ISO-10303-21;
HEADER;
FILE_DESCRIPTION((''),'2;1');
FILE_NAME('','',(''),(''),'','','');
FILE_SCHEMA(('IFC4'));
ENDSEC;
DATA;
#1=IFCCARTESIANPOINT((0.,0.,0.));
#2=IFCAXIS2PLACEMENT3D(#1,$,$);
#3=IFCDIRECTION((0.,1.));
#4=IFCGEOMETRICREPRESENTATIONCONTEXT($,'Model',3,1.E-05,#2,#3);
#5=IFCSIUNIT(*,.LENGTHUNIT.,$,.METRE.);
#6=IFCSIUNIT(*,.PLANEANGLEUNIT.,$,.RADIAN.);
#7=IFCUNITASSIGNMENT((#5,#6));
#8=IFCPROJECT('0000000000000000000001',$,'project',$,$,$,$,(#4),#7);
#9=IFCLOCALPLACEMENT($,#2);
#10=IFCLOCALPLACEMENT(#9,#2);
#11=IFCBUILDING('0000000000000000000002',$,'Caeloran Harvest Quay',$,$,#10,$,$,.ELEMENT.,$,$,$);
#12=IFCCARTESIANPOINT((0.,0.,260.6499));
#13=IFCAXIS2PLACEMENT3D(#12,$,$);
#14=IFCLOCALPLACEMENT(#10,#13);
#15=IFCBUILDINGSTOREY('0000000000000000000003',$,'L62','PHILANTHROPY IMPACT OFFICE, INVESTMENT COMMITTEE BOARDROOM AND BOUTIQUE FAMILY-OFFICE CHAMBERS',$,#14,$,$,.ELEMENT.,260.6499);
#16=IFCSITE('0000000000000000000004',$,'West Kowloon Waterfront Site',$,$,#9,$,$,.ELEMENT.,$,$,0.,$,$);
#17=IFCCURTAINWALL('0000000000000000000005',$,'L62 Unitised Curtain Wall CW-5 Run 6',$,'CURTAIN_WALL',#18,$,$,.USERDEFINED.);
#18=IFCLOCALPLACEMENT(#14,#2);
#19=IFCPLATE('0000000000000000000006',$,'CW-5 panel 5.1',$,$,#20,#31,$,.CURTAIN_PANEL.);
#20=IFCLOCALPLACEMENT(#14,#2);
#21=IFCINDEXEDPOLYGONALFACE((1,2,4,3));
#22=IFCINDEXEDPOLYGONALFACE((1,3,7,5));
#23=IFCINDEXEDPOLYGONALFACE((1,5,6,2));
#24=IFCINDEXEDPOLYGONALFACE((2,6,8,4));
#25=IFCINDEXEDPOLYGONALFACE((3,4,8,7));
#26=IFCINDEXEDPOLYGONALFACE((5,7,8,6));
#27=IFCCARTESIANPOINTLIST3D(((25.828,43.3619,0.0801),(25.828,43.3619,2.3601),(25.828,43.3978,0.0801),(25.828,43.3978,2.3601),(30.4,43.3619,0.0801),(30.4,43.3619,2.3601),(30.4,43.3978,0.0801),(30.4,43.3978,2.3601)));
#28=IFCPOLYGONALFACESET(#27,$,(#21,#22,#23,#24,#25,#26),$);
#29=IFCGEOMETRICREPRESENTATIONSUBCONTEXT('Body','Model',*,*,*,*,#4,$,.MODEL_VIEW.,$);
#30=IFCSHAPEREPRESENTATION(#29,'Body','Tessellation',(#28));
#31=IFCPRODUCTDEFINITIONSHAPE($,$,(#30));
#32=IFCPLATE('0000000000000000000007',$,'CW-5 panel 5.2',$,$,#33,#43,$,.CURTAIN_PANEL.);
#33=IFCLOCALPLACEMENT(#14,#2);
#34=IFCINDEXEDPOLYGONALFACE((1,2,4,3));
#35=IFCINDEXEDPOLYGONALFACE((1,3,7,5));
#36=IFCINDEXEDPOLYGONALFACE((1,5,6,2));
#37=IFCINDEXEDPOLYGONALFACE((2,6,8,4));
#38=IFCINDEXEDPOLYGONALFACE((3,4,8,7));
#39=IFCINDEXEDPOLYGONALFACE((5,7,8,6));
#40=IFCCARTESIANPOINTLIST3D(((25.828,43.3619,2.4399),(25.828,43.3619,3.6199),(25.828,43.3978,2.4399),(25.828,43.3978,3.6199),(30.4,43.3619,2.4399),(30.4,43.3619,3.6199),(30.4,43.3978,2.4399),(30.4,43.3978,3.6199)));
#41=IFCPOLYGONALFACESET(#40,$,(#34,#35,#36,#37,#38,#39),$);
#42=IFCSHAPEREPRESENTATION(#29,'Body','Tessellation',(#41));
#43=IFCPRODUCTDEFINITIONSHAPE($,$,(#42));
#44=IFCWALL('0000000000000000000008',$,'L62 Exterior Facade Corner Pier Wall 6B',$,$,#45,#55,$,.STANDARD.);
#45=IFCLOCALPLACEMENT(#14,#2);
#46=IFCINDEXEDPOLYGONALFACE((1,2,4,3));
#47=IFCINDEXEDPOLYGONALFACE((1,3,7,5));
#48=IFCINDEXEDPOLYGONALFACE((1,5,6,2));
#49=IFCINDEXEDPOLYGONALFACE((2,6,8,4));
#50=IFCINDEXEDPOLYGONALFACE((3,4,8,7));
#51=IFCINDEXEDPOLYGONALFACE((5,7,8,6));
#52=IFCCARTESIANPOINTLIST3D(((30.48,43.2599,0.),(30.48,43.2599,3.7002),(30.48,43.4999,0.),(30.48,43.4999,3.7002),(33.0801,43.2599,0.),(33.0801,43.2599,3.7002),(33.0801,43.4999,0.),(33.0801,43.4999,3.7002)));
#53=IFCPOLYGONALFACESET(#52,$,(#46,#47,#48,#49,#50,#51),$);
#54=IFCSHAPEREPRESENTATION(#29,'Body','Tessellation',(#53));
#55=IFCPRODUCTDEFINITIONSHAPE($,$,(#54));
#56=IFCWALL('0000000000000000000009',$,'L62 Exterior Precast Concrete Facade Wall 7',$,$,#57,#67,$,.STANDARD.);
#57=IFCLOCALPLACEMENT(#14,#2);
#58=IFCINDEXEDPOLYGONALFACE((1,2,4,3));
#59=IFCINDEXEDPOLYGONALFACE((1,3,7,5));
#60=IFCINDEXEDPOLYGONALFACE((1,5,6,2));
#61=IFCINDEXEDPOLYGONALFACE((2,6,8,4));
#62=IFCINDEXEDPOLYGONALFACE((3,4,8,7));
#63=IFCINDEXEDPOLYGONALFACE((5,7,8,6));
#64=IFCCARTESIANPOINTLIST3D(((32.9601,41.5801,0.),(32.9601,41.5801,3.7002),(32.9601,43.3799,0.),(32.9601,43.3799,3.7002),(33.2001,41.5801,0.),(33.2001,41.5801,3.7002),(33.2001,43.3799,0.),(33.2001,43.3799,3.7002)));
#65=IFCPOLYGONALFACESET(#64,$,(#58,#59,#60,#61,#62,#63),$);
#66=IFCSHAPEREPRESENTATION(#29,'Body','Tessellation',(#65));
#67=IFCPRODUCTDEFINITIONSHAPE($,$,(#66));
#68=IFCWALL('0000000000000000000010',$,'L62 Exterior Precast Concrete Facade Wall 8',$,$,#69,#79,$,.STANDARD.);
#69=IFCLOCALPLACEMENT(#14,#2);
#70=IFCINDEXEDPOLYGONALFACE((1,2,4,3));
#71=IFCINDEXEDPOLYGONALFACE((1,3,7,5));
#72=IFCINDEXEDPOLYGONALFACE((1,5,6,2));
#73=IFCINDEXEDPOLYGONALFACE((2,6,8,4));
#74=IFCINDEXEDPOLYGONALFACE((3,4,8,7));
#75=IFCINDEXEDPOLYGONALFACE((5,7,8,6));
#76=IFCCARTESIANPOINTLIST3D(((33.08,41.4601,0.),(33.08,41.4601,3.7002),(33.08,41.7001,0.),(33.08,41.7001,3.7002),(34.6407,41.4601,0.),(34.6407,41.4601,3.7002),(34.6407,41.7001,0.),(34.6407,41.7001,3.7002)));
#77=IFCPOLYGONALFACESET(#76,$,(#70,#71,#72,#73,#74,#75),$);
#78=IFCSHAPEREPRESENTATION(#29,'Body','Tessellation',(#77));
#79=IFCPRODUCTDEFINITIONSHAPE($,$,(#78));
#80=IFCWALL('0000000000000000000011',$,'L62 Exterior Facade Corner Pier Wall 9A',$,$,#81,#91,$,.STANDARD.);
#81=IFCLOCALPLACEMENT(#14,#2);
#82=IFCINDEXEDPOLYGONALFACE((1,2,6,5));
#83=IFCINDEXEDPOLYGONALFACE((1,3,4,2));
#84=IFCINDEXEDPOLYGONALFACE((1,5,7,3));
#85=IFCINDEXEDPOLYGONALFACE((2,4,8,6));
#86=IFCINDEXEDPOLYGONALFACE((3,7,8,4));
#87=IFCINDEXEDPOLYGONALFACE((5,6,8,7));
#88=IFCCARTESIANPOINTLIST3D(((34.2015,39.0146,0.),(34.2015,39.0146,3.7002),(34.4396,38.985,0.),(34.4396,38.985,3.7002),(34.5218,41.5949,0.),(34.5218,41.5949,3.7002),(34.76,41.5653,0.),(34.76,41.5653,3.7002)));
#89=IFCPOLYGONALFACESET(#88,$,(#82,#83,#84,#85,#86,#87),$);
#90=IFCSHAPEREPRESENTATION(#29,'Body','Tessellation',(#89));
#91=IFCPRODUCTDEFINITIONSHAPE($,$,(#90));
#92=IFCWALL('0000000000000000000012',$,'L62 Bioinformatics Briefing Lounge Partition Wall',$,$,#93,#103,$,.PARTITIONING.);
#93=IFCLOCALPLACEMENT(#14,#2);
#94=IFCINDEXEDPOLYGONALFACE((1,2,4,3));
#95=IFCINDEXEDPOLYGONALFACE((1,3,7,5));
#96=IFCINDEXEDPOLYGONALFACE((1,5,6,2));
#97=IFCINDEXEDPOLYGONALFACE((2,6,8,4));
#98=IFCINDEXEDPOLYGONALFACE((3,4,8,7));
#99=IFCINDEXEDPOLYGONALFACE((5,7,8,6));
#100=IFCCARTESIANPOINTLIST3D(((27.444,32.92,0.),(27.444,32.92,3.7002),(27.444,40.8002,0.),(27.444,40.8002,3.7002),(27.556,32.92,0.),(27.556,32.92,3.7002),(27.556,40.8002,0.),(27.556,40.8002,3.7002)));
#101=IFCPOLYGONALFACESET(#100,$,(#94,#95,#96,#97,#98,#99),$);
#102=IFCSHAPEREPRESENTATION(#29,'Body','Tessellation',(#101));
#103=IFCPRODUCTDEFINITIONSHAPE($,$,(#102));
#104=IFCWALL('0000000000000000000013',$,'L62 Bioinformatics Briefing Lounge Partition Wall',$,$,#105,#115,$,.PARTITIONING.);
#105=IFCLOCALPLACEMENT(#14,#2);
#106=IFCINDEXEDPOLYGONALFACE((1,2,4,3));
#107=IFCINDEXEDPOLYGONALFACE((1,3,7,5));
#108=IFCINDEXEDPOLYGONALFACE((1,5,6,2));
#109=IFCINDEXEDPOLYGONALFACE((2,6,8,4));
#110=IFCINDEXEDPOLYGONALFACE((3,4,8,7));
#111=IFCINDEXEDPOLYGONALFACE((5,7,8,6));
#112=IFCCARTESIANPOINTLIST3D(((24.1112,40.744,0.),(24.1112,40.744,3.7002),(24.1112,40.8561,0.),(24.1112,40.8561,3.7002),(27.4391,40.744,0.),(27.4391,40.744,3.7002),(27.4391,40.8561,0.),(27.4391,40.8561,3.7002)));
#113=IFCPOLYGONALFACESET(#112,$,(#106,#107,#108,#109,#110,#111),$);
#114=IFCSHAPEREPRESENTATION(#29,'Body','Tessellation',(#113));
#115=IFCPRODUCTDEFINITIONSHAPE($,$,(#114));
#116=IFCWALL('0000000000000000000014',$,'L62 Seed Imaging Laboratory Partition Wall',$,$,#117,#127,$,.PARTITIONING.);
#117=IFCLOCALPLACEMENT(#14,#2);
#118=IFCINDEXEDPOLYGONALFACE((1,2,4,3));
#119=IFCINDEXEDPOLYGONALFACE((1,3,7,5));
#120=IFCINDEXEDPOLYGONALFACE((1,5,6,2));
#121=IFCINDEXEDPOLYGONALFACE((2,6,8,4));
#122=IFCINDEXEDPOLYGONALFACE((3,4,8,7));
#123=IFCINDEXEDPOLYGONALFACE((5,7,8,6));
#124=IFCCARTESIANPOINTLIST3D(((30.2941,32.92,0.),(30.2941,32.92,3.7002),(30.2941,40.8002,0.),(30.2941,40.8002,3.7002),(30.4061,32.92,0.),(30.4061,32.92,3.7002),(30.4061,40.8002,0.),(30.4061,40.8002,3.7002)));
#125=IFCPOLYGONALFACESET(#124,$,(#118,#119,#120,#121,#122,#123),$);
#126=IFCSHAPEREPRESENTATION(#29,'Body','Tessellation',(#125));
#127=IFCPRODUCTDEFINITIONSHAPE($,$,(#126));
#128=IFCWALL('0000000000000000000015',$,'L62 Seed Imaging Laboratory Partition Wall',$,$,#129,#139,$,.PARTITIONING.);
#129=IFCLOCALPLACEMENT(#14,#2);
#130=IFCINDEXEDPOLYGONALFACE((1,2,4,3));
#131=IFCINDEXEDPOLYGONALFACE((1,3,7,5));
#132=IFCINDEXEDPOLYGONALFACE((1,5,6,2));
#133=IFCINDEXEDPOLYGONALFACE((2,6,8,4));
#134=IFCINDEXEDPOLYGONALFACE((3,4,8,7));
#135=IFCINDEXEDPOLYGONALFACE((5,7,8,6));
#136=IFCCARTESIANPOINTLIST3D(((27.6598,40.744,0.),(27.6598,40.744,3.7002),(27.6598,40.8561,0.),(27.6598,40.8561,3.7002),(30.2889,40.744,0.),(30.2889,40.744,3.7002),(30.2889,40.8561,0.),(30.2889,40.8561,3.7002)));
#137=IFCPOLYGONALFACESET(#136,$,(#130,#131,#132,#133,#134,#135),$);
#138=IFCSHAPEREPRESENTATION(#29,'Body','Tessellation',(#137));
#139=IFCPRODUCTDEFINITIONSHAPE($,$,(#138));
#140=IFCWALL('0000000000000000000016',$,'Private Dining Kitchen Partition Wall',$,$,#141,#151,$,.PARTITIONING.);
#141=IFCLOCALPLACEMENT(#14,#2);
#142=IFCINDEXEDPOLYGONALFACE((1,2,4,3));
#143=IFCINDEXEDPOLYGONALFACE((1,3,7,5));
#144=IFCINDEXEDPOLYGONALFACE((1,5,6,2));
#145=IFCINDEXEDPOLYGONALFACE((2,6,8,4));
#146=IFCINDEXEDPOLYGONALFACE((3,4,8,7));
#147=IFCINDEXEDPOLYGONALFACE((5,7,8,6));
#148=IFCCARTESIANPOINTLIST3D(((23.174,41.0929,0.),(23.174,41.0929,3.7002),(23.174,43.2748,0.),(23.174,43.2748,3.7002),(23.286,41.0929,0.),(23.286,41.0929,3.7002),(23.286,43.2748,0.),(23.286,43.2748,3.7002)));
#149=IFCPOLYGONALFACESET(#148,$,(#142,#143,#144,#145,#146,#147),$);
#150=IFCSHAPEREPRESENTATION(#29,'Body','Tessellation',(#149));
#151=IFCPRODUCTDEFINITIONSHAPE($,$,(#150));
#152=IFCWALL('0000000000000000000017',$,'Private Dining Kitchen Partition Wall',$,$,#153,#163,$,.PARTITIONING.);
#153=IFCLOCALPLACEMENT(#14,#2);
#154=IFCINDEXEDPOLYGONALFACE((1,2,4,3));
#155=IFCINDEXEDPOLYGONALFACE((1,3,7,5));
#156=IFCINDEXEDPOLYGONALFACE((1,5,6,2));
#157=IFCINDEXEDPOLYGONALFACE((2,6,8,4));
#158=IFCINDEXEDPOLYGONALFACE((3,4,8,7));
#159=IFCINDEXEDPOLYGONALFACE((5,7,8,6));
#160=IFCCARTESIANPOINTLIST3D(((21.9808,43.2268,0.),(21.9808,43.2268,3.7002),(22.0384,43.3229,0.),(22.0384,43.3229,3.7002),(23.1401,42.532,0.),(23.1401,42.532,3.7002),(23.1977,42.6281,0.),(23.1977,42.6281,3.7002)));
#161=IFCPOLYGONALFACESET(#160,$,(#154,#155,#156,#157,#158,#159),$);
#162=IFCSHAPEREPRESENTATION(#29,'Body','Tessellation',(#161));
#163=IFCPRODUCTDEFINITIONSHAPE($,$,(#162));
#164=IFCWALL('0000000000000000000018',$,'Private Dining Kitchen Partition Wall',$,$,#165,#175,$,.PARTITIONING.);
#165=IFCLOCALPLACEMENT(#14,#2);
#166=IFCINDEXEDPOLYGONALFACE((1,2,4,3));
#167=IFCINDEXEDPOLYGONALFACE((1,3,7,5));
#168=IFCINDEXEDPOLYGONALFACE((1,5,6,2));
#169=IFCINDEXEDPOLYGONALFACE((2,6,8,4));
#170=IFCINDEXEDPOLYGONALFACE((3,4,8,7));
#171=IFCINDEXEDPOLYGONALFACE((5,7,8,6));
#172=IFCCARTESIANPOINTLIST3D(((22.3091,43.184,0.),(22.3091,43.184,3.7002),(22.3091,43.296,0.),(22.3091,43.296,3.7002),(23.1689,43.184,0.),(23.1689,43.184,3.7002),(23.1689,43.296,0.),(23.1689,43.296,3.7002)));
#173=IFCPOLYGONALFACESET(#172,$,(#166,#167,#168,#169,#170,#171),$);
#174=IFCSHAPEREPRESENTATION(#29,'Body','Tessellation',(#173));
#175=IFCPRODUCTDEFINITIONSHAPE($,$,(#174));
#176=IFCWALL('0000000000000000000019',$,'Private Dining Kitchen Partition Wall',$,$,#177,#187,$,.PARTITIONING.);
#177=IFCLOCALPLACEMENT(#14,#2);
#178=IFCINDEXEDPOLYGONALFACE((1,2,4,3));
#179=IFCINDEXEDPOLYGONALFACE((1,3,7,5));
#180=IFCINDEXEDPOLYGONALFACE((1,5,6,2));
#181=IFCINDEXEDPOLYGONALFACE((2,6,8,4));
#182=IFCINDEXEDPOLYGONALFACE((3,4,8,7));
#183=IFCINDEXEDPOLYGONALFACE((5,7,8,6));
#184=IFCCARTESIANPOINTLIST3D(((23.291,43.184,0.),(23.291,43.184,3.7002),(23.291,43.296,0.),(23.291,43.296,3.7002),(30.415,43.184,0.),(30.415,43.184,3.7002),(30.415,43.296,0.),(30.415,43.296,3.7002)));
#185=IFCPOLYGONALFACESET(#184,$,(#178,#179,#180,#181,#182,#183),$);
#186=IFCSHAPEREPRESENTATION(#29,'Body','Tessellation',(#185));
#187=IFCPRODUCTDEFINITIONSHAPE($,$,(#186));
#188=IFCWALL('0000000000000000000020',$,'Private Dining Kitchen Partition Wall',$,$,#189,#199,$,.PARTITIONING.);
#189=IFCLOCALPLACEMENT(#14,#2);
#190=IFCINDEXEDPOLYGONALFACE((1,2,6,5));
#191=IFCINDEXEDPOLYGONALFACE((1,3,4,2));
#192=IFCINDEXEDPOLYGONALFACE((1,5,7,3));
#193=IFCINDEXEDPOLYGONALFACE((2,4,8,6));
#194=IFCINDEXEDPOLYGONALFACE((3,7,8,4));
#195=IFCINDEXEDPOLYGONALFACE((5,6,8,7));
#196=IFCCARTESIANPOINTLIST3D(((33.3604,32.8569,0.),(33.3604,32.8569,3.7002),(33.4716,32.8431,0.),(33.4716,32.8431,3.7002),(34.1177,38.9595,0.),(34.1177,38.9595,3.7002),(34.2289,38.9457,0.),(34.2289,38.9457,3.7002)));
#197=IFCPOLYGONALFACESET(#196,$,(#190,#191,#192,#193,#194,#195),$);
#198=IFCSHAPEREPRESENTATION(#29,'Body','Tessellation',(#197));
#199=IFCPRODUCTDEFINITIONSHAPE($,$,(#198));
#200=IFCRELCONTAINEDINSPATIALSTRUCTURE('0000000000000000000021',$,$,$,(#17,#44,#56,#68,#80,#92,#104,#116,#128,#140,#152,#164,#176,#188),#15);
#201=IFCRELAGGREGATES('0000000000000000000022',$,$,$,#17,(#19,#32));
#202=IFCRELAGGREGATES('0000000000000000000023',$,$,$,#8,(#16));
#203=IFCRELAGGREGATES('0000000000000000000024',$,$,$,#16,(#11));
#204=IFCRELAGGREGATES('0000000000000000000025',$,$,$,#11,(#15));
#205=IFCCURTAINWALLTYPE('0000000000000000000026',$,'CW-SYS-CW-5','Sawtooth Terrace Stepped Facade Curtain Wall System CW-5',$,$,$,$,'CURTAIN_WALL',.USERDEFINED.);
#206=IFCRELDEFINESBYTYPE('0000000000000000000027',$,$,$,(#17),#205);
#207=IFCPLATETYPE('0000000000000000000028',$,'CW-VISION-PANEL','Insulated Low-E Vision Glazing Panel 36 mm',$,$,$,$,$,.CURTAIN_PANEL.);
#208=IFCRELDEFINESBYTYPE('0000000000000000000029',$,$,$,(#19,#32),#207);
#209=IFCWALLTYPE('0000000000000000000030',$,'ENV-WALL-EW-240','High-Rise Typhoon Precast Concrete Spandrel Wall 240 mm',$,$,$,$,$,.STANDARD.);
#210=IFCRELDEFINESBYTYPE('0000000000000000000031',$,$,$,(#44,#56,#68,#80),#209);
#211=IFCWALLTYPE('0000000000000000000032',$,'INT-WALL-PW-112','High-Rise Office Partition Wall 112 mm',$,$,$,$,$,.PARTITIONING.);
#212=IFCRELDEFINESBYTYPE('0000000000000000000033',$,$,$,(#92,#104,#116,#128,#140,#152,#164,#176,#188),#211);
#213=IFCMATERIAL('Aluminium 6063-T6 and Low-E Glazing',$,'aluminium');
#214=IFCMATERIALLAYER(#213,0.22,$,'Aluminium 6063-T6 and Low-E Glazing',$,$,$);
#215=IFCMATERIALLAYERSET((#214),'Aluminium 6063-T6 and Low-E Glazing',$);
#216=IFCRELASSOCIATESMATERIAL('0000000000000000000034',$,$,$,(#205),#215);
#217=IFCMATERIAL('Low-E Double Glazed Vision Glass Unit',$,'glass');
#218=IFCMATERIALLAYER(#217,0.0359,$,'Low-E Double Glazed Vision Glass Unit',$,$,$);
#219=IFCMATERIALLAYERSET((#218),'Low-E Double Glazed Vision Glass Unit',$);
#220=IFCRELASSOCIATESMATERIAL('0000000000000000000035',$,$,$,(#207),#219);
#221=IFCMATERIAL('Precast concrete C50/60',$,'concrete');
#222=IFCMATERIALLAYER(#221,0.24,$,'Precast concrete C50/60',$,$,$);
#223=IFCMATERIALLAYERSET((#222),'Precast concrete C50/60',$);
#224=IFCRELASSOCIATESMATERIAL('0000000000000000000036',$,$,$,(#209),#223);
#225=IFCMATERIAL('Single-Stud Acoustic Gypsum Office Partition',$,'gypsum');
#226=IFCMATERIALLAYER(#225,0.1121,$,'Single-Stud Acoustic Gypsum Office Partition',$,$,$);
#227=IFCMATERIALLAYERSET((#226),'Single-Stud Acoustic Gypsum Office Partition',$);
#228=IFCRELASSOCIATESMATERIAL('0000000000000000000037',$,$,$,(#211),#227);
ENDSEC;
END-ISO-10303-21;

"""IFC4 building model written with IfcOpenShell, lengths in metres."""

from ifc_helpers import new_model, si_unit, direction, frame, frame_2d, origin, origin_2d, place, context, subcontext, project, spatial, rectangle, extrude, material, layer, layer_set, type_object, element, aggregate, save


model = new_model("IFC4")

# Units and contexts
model_context = context("Model", 3, precision=1e-05, world=origin(), true_north=direction((0.0, 1.0)))
body_context = subcontext(model_context, "Body", "Model", "MODEL_VIEW")
ifc_project = project(units=[si_unit("LENGTHUNIT", "METRE"), si_unit("PLANEANGLEUNIT", "RADIAN")], contexts=[model_context])

# Site, building, storey
site_placement = place(None, origin())
site = spatial("IfcSite", under=ifc_project, at=site_placement, Name="West Kowloon Waterfront Site", CompositionType="ELEMENT", RefElevation=0.0)
building_placement = place(site_placement, origin())
building = spatial("IfcBuilding", under=site, at=building_placement, Name="Caeloran Harvest Quay", CompositionType="ELEMENT")
storey_placement = place(building_placement, frame((0.0, 0.0, 260.6499)))
storey = spatial("IfcBuildingStorey", under=building, at=storey_placement, Name="L62", Description="PHILANTHROPY IMPACT OFFICE, INVESTMENT COMMITTEE BOARDROOM AND BOUTIQUE FAMILY-OFFICE CHAMBERS", CompositionType="ELEMENT", Elevation=260.6499)

# Curtain wall
ifc_material_1 = material(Name="Aluminium 6063-T6 and Low-E Glazing", Category="aluminium")
ifc_layer_1 = layer(ifc_material_1, 0.22, Name="Aluminium 6063-T6 and Low-E Glazing")
ifc_layer_set_1 = layer_set([ifc_layer_1], Name="Aluminium 6063-T6 and Low-E Glazing")
curtain_wall_type = type_object("IfcCurtainWallType", Name="CW-SYS-CW-5", Description="Sawtooth Terrace Stepped Facade Curtain Wall System CW-5", ElementType="CURTAIN_WALL", PredefinedType="USERDEFINED", material=ifc_layer_set_1)
curtain_wall_1_placement = place(storey_placement, origin())
curtain_wall_1 = element("IfcCurtainWall", 1, at=curtain_wall_1_placement, inside=storey, type_object=curtain_wall_type, Name="L62 Unitised Curtain Wall CW-5 Run 6", ObjectType="CURTAIN_WALL", PredefinedType="USERDEFINED")

# Plates
ifc_material_2 = material(Name="Low-E Double Glazed Vision Glass Unit", Category="glass")
ifc_layer_2 = layer(ifc_material_2, 0.0359, Name="Low-E Double Glazed Vision Glass Unit")
ifc_layer_set_2 = layer_set([ifc_layer_2], Name="Low-E Double Glazed Vision Glass Unit")
plate_type = type_object("IfcPlateType", Name="CW-VISION-PANEL", Description="Insulated Low-E Vision Glazing Panel 36 mm", PredefinedType="CURTAIN_PANEL", material=ifc_layer_set_2)
plate_1_placement = place(storey_placement, frame((28.114, 43.3799, 0.0801), z_axis=(0.0, 0.0, 1.0), x_axis=(1.0, 0.0, 0.0)))
plate_1 = element("IfcPlate", 2, at=plate_1_placement, type_object=plate_type, Name="CW-5 panel 5.1", PredefinedType="CURTAIN_PANEL", context=body_context, shape_type="SweptSolid", body=[
    extrude(rectangle(XDim=4.572, YDim=0.0359, at=origin_2d()), origin(), (0.0, 0.0, 1.0), 2.28),
])
plate_2_placement = place(storey_placement, frame((28.114, 43.3799, 2.4399), z_axis=(0.0, 0.0, 1.0), x_axis=(1.0, 0.0, 0.0)))
plate_2 = element("IfcPlate", 3, at=plate_2_placement, type_object=plate_type, Name="CW-5 panel 5.2", PredefinedType="CURTAIN_PANEL", context=body_context, shape_type="SweptSolid", body=[
    extrude(rectangle(XDim=4.572, YDim=0.0359, at=origin_2d()), origin(), (0.0, 0.0, 1.0), 1.1799),
])
aggregate(curtain_wall_1, [plate_1, plate_2])

# Walls
ifc_material_3 = material(Name="Precast concrete C50/60", Category="concrete")
ifc_layer_3 = layer(ifc_material_3, 0.24, Name="Precast concrete C50/60")
ifc_layer_set_3 = layer_set([ifc_layer_3], Name="Precast concrete C50/60")
wall_type_1 = type_object("IfcWallType", Name="ENV-WALL-EW-240", Description="High-Rise Typhoon Precast Concrete Spandrel Wall 240 mm", PredefinedType="STANDARD", material=ifc_layer_set_3)
wall_1_placement = place(storey_placement, frame((30.48, 43.3799, 0.0), z_axis=(0.0, 0.0, 1.0), x_axis=(1.0, 0.0, 0.0)))
element("IfcWall", 4, at=wall_1_placement, inside=storey, type_object=wall_type_1, Name="L62 Exterior Facade Corner Pier Wall 6B", PredefinedType="STANDARD", context=body_context, shape_type="SweptSolid", body=[
    extrude(rectangle(XDim=2.6001, YDim=0.24, at=frame_2d((1.3, 0.0))), origin(), (0.0, 0.0, 1.0), 3.7002),
])
wall_2_placement = place(storey_placement, frame((33.0801, 43.3799, 0.0), z_axis=(0.0, 0.0, 1.0), x_axis=(0.0, -1.0, 0.0)))
element("IfcWall", 5, at=wall_2_placement, inside=storey, type_object=wall_type_1, Name="L62 Exterior Precast Concrete Facade Wall 7", PredefinedType="STANDARD", context=body_context, shape_type="SweptSolid", body=[
    extrude(rectangle(XDim=1.7998, YDim=0.24, at=frame_2d((0.8999, 0.0))), origin(), (0.0, 0.0, 1.0), 3.7002),
])
wall_3_placement = place(storey_placement, frame((33.0801, 41.5801, 0.0), z_axis=(0.0, 0.0, 1.0), x_axis=(1.0, 0.0, 0.0)))
element("IfcWall", 6, at=wall_3_placement, inside=storey, type_object=wall_type_1, Name="L62 Exterior Precast Concrete Facade Wall 8", PredefinedType="STANDARD", context=body_context, shape_type="SweptSolid", body=[
    extrude(rectangle(XDim=1.5608, YDim=0.24, at=frame_2d((0.7803, 0.0))), origin(), (0.0, 0.0, 1.0), 3.7002),
])
wall_4_placement = place(storey_placement, frame((34.6409, 41.5801, 0.0), z_axis=(0.0, 0.0, 1.0), x_axis=(-0.123191, -0.992383, 0.0)))
element("IfcWall", 7, at=wall_4_placement, inside=storey, type_object=wall_type_1, Name="L62 Exterior Facade Corner Pier Wall 9A", PredefinedType="STANDARD", context=body_context, shape_type="SweptSolid", body=[
    extrude(rectangle(XDim=2.6001, YDim=0.24, at=frame_2d((1.3, 0.0))), origin(), (0.0, 0.0, 1.0), 3.7002),
])
ifc_material_4 = material(Name="Single-Stud Acoustic Gypsum Office Partition", Category="gypsum")
ifc_layer_4 = layer(ifc_material_4, 0.1121, Name="Single-Stud Acoustic Gypsum Office Partition")
ifc_layer_set_4 = layer_set([ifc_layer_4], Name="Single-Stud Acoustic Gypsum Office Partition")
wall_type_2 = type_object("IfcWallType", Name="INT-WALL-PW-112", Description="High-Rise Office Partition Wall 112 mm", PredefinedType="PARTITIONING", material=ifc_layer_set_4)
wall_5_placement = place(storey_placement, frame((27.5, 40.8, 0.0), z_axis=(0.0, 0.0, 1.0), x_axis=(0.0, -1.0, 0.0)))
element("IfcWall", 8, at=wall_5_placement, inside=storey, type_object=wall_type_2, Name="L62 Bioinformatics Briefing Lounge Partition Wall", PredefinedType="PARTITIONING", context=body_context, shape_type="SweptSolid", body=[
    extrude(rectangle(XDim=7.8801, YDim=0.1121, at=frame_2d((3.9399, 0.0))), origin(), (0.0, 0.0, 1.0), 3.7002),
])
wall_6_placement = place(storey_placement, frame((24.1111, 40.8, 0.0), z_axis=(0.0, 0.0, 1.0), x_axis=(1.0, 0.0, 0.0)))
element("IfcWall", 9, at=wall_6_placement, inside=storey, type_object=wall_type_2, Name="L62 Bioinformatics Briefing Lounge Partition Wall", PredefinedType="PARTITIONING", context=body_context, shape_type="SweptSolid", body=[
    extrude(rectangle(XDim=3.3279, YDim=0.1121, at=frame_2d((1.6641, 0.0))), origin(), (0.0, 0.0, 1.0), 3.7002),
])
wall_7_placement = place(storey_placement, frame((30.3501, 40.8, 0.0), z_axis=(0.0, 0.0, 1.0), x_axis=(0.0, -1.0, 0.0)))
element("IfcWall", 10, at=wall_7_placement, inside=storey, type_object=wall_type_2, Name="L62 Seed Imaging Laboratory Partition Wall", PredefinedType="PARTITIONING", context=body_context, shape_type="SweptSolid", body=[
    extrude(rectangle(XDim=7.8801, YDim=0.1121, at=frame_2d((3.9399, 0.0))), origin(), (0.0, 0.0, 1.0), 3.7002),
])
wall_8_placement = place(storey_placement, frame((27.6599, 40.8, 0.0), z_axis=(0.0, 0.0, 1.0), x_axis=(1.0, 0.0, 0.0)))
element("IfcWall", 11, at=wall_8_placement, inside=storey, type_object=wall_type_2, Name="L62 Seed Imaging Laboratory Partition Wall", PredefinedType="PARTITIONING", context=body_context, shape_type="SweptSolid", body=[
    extrude(rectangle(XDim=2.6292, YDim=0.1121, at=frame_2d((1.3145, 0.0))), origin(), (0.0, 0.0, 1.0), 3.7002),
])
wall_9_placement = place(storey_placement, frame((23.23, 41.093, 0.0), z_axis=(0.0, 0.0, 1.0), x_axis=(0.0, 1.0, 0.0)))
element("IfcWall", 12, at=wall_9_placement, inside=storey, type_object=wall_type_2, Name="Private Dining Kitchen Partition Wall", PredefinedType="PARTITIONING", context=body_context, shape_type="SweptSolid", body=[
    extrude(rectangle(XDim=2.1819, YDim=0.1121, at=frame_2d((1.0908, 0.0))), origin(), (0.0, 0.0, 1.0), 3.7002),
])
wall_10_placement = place(storey_placement, frame((23.1689, 42.5801, 0.0), z_axis=(0.0, 0.0, 1.0), x_axis=(-0.857764, 0.514044, 0.0)))
element("IfcWall", 13, at=wall_10_placement, inside=storey, type_object=wall_type_2, Name="Private Dining Kitchen Partition Wall", PredefinedType="PARTITIONING", context=body_context, shape_type="SweptSolid", body=[
    extrude(rectangle(XDim=1.3516, YDim=0.1121, at=frame_2d((0.6758, 0.0))), origin(), (0.0, 0.0, 1.0), 3.7002),
])
wall_11_placement = place(storey_placement, frame((22.3091, 43.24, 0.0), z_axis=(0.0, 0.0, 1.0), x_axis=(1.0, 0.0, 0.0)))
element("IfcWall", 14, at=wall_11_placement, inside=storey, type_object=wall_type_2, Name="Private Dining Kitchen Partition Wall", PredefinedType="PARTITIONING", context=body_context, shape_type="SweptSolid", body=[
    extrude(rectangle(XDim=0.8599, YDim=0.1121, at=frame_2d((0.4299, 0.0))), origin(), (0.0, 0.0, 1.0), 3.7002),
])
wall_12_placement = place(storey_placement, frame((23.291, 43.24, 0.0), z_axis=(0.0, 0.0, 1.0), x_axis=(1.0, 0.0, 0.0)))
element("IfcWall", 15, at=wall_12_placement, inside=storey, type_object=wall_type_2, Name="Private Dining Kitchen Partition Wall", PredefinedType="PARTITIONING", context=body_context, shape_type="SweptSolid", body=[
    extrude(rectangle(XDim=7.124, YDim=0.1121, at=frame_2d((3.562, 0.0))), origin(), (0.0, 0.0, 1.0), 3.7002),
])
wall_13_placement = place(storey_placement, frame((34.1733, 38.9526, 0.0), z_axis=(0.0, 0.0, 1.0), x_axis=(-0.123155, -0.992387, 0.0)))
element("IfcWall", 16, at=wall_13_placement, inside=storey, type_object=wall_type_2, Name="Private Dining Kitchen Partition Wall", PredefinedType="PARTITIONING", context=body_context, shape_type="SweptSolid", body=[
    extrude(rectangle(XDim=6.1494, YDim=0.1121, at=frame_2d((3.0747, 0.0))), origin(), (0.0, 0.0, 1.0), 3.7002),
])

save(model, "model.ifc")
